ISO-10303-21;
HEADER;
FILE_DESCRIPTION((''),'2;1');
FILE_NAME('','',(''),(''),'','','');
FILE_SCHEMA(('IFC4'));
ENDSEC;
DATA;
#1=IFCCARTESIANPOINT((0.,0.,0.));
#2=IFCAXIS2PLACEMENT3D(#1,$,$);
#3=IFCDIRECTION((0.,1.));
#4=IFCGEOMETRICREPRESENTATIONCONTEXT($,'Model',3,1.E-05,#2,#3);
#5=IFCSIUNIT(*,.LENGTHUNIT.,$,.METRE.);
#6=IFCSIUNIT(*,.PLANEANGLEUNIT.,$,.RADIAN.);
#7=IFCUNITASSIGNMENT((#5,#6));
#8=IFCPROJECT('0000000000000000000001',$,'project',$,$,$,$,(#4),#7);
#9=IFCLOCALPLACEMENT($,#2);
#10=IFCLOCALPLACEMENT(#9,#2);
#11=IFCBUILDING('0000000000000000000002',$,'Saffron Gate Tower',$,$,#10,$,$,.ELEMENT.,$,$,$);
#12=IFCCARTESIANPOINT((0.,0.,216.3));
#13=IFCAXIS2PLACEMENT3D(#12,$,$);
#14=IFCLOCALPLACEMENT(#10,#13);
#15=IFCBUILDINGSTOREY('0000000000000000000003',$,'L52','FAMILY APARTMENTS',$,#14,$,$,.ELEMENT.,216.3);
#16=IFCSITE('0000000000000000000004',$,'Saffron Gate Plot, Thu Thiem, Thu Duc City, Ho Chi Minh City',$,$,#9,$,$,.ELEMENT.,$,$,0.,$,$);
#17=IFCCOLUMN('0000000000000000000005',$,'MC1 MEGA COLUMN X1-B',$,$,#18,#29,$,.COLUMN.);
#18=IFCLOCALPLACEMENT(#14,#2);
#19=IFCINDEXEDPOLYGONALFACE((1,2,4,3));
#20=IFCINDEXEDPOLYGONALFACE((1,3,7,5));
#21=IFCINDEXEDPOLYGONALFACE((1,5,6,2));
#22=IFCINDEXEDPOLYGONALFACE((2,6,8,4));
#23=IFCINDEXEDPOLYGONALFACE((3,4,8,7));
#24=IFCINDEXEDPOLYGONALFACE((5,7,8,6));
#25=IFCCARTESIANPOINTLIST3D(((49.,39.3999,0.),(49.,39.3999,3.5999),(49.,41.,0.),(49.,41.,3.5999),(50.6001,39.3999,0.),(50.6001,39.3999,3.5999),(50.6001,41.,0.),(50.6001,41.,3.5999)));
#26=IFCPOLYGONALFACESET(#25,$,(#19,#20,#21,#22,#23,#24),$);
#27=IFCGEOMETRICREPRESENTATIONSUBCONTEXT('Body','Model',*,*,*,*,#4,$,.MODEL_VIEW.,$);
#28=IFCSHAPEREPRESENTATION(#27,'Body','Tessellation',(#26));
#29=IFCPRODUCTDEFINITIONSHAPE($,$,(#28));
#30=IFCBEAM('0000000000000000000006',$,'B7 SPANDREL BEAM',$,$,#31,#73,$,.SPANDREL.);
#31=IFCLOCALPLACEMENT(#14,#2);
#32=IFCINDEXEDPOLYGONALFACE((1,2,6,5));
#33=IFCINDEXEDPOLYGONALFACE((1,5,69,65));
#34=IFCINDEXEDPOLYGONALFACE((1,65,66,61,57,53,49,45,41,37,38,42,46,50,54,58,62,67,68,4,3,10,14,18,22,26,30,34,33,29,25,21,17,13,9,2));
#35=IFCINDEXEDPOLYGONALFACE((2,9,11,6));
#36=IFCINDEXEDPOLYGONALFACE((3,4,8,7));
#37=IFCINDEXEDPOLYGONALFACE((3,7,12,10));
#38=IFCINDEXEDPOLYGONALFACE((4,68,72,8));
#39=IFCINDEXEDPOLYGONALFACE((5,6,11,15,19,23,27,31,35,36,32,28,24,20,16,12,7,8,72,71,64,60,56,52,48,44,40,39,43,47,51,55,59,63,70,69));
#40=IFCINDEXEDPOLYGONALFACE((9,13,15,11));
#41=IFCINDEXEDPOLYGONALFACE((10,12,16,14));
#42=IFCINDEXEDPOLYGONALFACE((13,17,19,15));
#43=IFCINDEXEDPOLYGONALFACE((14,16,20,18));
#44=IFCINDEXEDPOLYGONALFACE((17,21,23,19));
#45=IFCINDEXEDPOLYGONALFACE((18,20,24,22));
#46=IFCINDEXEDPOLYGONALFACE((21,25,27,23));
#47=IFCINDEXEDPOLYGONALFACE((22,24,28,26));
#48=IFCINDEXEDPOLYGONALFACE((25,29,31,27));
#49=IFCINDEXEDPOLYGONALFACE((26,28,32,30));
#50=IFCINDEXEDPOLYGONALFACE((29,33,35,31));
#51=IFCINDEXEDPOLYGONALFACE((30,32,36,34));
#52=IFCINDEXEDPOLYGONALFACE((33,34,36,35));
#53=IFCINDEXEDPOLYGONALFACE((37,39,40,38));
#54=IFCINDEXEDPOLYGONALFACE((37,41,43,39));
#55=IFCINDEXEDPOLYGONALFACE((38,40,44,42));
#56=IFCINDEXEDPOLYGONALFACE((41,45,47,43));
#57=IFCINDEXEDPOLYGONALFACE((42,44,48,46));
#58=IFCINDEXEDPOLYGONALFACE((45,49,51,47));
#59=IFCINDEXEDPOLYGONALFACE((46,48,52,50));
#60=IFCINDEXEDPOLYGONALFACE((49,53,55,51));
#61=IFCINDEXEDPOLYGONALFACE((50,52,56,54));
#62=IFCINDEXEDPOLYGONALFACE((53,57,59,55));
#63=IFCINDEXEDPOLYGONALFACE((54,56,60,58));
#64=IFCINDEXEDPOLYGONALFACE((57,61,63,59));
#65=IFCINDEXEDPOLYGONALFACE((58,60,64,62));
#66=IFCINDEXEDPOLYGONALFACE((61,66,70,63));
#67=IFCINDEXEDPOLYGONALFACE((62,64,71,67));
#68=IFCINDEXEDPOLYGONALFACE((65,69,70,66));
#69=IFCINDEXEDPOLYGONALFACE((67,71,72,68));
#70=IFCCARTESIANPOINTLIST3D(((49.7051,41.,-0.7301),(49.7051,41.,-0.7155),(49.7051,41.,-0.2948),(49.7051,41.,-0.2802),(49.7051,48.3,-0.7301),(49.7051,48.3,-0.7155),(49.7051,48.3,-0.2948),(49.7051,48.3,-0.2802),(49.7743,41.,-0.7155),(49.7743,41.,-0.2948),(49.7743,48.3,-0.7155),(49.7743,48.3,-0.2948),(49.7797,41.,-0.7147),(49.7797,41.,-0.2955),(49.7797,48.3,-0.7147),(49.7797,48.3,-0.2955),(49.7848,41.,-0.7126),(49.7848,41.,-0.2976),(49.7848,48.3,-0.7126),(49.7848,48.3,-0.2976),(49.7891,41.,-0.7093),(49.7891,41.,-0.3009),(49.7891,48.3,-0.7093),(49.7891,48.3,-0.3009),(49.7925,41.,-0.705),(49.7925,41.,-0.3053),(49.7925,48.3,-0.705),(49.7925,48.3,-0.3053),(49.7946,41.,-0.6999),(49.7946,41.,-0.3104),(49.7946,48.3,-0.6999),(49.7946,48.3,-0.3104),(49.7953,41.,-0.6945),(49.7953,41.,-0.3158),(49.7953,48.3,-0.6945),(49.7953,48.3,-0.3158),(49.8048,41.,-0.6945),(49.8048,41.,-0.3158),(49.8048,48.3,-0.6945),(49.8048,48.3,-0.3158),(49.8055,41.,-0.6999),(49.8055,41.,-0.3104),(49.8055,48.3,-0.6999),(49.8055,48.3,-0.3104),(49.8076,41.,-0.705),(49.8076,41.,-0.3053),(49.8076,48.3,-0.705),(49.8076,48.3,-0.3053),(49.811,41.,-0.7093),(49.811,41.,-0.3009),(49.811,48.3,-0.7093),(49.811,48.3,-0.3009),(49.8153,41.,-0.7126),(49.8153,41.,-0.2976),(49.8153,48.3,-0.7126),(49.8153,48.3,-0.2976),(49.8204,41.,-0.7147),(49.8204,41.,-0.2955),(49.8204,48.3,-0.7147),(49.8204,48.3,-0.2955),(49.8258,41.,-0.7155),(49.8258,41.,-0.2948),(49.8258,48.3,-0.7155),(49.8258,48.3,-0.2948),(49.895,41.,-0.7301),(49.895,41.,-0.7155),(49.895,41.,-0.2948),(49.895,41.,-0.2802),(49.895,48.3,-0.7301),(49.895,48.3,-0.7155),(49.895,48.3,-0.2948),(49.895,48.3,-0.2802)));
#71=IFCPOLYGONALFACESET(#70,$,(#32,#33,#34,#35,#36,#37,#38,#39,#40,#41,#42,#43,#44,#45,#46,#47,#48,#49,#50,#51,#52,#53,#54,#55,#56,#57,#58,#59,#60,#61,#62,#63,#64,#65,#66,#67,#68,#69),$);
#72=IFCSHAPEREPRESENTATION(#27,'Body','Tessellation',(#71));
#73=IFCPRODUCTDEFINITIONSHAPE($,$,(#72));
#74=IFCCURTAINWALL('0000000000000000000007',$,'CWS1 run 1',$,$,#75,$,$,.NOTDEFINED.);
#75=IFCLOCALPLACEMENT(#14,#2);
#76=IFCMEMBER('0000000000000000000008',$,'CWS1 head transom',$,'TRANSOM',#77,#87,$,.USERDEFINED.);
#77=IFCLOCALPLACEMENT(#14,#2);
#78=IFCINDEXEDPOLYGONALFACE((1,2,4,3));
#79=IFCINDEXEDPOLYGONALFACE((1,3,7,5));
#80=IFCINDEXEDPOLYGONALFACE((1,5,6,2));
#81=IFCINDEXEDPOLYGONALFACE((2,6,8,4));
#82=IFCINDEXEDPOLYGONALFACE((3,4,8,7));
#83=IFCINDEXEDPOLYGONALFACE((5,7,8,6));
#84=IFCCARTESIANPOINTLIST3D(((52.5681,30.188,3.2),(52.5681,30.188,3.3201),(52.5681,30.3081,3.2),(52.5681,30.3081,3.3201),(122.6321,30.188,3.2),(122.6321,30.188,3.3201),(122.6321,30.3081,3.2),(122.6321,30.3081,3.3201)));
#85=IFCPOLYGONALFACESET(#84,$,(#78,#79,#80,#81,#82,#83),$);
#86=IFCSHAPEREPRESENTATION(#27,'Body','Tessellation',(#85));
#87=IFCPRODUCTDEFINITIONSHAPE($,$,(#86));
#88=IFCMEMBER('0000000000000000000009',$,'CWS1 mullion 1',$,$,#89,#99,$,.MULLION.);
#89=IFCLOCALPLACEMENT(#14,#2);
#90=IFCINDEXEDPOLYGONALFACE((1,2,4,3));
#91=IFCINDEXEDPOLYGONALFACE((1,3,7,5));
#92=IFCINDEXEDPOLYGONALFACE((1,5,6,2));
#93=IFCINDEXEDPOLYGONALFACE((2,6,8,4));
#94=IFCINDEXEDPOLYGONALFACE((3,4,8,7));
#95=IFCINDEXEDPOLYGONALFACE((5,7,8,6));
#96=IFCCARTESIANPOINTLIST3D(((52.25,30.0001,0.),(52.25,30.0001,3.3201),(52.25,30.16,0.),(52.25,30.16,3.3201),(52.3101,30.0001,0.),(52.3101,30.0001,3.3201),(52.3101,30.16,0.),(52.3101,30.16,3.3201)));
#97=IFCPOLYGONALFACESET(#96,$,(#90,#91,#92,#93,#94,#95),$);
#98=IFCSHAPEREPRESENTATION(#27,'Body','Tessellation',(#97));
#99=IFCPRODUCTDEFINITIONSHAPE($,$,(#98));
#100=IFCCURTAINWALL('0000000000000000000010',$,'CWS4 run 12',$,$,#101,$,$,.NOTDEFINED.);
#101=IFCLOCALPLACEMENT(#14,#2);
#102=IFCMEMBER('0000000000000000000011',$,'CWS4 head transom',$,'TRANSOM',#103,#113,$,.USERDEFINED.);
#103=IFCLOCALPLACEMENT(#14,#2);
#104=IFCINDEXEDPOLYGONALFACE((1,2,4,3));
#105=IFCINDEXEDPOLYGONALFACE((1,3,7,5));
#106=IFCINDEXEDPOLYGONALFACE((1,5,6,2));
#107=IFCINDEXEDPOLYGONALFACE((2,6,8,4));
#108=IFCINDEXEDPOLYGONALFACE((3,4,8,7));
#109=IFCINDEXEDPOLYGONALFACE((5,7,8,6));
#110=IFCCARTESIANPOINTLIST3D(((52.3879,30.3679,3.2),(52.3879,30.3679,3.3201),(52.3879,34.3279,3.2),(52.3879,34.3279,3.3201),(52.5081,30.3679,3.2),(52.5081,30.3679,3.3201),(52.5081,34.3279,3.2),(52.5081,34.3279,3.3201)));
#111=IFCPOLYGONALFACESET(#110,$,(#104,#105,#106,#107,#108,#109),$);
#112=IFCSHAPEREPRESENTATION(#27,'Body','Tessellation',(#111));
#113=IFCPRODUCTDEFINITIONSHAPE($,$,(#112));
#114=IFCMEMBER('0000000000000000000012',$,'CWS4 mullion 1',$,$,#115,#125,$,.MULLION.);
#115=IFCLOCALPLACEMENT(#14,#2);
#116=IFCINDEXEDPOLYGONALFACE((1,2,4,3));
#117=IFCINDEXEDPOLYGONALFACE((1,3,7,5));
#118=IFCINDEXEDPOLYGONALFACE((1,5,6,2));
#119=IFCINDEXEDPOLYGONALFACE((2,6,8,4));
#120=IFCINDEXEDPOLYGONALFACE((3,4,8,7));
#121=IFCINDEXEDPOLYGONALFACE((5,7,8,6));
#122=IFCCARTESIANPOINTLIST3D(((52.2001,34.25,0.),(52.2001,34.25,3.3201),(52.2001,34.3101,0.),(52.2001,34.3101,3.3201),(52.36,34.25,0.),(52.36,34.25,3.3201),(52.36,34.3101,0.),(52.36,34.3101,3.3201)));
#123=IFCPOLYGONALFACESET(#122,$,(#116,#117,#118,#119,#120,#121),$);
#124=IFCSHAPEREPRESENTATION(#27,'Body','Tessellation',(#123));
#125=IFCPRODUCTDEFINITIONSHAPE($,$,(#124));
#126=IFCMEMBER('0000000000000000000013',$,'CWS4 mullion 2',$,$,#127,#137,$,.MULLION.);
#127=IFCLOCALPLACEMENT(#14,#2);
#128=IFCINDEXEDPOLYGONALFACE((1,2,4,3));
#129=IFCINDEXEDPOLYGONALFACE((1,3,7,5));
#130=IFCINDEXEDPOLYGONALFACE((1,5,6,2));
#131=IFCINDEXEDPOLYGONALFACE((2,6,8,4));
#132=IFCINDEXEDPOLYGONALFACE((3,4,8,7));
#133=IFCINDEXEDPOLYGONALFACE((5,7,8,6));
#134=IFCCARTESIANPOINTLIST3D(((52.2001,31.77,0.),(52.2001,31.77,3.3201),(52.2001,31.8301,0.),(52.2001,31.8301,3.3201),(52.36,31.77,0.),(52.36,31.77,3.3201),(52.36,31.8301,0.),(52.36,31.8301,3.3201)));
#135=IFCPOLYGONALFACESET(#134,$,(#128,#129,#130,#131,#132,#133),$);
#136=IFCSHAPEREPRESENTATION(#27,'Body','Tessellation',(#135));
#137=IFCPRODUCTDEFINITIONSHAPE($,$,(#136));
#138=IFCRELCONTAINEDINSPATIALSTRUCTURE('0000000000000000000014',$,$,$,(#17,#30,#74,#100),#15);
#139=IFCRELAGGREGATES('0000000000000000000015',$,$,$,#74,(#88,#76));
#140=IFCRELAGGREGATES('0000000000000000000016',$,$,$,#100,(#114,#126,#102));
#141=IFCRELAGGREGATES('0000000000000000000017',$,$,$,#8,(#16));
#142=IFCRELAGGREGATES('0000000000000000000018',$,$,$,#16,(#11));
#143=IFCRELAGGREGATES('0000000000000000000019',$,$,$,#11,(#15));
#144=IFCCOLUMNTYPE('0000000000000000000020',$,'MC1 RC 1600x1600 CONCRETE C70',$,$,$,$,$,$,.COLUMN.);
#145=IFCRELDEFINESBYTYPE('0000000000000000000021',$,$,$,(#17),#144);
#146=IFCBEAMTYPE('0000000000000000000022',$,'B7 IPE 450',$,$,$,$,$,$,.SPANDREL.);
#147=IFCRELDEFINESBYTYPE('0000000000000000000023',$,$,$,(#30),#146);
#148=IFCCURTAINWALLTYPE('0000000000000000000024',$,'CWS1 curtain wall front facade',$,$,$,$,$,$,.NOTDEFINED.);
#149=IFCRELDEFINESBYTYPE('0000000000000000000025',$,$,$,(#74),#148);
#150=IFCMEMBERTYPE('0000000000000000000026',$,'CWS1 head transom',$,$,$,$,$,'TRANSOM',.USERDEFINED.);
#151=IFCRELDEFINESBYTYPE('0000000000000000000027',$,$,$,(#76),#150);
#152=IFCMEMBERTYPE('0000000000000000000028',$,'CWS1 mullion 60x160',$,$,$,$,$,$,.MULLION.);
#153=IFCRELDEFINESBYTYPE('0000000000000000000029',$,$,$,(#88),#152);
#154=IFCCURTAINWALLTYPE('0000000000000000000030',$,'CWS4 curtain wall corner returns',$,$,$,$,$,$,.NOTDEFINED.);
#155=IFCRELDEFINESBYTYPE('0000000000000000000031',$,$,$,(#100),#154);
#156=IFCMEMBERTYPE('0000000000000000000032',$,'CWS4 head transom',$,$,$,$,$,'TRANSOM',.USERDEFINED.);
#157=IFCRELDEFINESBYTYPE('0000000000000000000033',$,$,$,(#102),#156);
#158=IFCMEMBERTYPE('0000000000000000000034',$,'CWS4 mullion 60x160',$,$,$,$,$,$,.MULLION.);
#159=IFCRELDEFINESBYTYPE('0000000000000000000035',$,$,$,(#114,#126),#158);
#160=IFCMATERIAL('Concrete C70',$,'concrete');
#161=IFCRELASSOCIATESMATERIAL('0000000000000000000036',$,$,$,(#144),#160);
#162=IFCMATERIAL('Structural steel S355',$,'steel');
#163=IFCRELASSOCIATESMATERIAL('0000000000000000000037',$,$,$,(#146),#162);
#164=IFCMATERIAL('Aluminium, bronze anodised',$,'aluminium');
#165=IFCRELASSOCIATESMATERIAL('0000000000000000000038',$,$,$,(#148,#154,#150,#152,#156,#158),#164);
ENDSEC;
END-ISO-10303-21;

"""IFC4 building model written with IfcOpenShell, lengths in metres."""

from ifc_helpers import new_model, si_unit, direction, frame, origin, origin_2d, place, context, subcontext, project, spatial, rectangle, i_section, extrude, material, material_profile, profile_set, type_object, element, aggregate, save


model = new_model("IFC4")

# Units and contexts
model_context = context("Model", 3, precision=1e-05, world=origin(), true_north=direction((0.0, 1.0)))
body_context = subcontext(model_context, "Body", "Model", "MODEL_VIEW")
ifc_project = project(units=[si_unit("LENGTHUNIT", "METRE"), si_unit("PLANEANGLEUNIT", "RADIAN")], contexts=[model_context])

# Site, building, storey
site_placement = place(None, origin())
site = spatial("IfcSite", under=ifc_project, at=site_placement, Name="Saffron Gate Plot, Thu Thiem, Thu Duc City, Ho Chi Minh City", CompositionType="ELEMENT", RefElevation=0.0)
building_placement = place(site_placement, origin())
building = spatial("IfcBuilding", under=site, at=building_placement, Name="Saffron Gate Tower", CompositionType="ELEMENT")
storey_placement = place(building_placement, frame((0.0, 0.0, 216.3)))
storey = spatial("IfcBuildingStorey", under=building, at=storey_placement, Name="L52", Description="FAMILY APARTMENTS", CompositionType="ELEMENT", Elevation=216.3)

# Column
ifc_material_1 = material(Name="Concrete C70", Category="concrete")
ifc_material_profile_1 = material_profile(ifc_material_1, rectangle(XDim=1.6001, YDim=1.6001, at=origin_2d()))
ifc_profile_set_1 = profile_set([ifc_material_profile_1], Name="Concrete C70")
column_type = type_object("IfcColumnType", Name="MC1 RC 1600x1600 CONCRETE C70", PredefinedType="COLUMN", material=ifc_profile_set_1)
column_placement = place(storey_placement, frame((49.8, 40.2, 0.0), z_axis=(0.0, 0.0, 1.0), x_axis=(1.0, 0.0, 0.0)))
element("IfcColumn", 1, at=column_placement, inside=storey, type_object=column_type, Name="MC1 MEGA COLUMN X1-B", PredefinedType="COLUMN", context=body_context, shape_type="SweptSolid", body=[
    extrude(rectangle(XDim=1.6001, YDim=1.6001, at=origin_2d()), origin(), (0.0, 0.0, 1.0), 3.5999),
])

# Beam
ifc_material_2 = material(Name="Structural steel S355", Category="steel")
ifc_material_profile_2 = material_profile(ifc_material_2, i_section(OverallWidth=0.1899, OverallDepth=0.45, WebThickness=0.0095, FlangeThickness=0.0146, FilletRadius=0.021, at=origin_2d()))
ifc_profile_set_2 = profile_set([ifc_material_profile_2], Name="Structural steel S355")
beam_type = type_object("IfcBeamType", Name="B7 IPE 450", PredefinedType="SPANDREL", material=ifc_profile_set_2)
beam_placement = place(storey_placement, frame((49.8, 41.0, -0.5051), z_axis=(0.0, 1.0, 0.0), x_axis=(-1.0, 0.0, 0.0)))
element("IfcBeam", 2, at=beam_placement, inside=storey, type_object=beam_type, Name="B7 SPANDREL BEAM", PredefinedType="SPANDREL", context=body_context, shape_type="SweptSolid", body=[
    extrude(i_section(OverallWidth=0.1899, OverallDepth=0.45, WebThickness=0.0095, FlangeThickness=0.0146, FilletRadius=0.021, at=origin_2d()), origin(), (0.0, 0.0, 1.0), 7.3),
])

# Curtain walls, members
ifc_material_3 = material(Name="Aluminium, bronze anodised", Category="aluminium")
curtain_wall_type_1 = type_object("IfcCurtainWallType", Name="CWS1 curtain wall front facade", PredefinedType="NOTDEFINED", material=ifc_material_3)
curtain_wall_1_placement = place(storey_placement, origin())
curtain_wall_1 = element("IfcCurtainWall", 3, at=curtain_wall_1_placement, inside=storey, type_object=curtain_wall_type_1, Name="CWS1 run 1", PredefinedType="NOTDEFINED")
ifc_material_profile_3 = material_profile(ifc_material_3, rectangle(XDim=0.1201, YDim=0.1201, at=origin_2d()))
ifc_profile_set_3 = profile_set([ifc_material_profile_3], Name="Aluminium, bronze anodised")
member_type_1 = type_object("IfcMemberType", Name="CWS1 head transom", ElementType="TRANSOM", PredefinedType="USERDEFINED", material=ifc_profile_set_3)
member_1_placement = place(storey_placement, frame((52.5681, 30.248, 3.26), z_axis=(1.0, 0.0, 0.0), x_axis=(0.0, 1.0, 0.0)))
member_1 = element("IfcMember", 4, at=member_1_placement, type_object=member_type_1, Name="CWS1 head transom", ObjectType="TRANSOM", PredefinedType="USERDEFINED", context=body_context, shape_type="SweptSolid", body=[
    extrude(rectangle(XDim=0.1201, YDim=0.1201, at=origin_2d()), origin(), (0.0, 0.0, 1.0), 70.064),
])
ifc_material_profile_4 = material_profile(ifc_material_3, rectangle(XDim=0.1599, YDim=0.0601, at=origin_2d()))
ifc_profile_set_4 = profile_set([ifc_material_profile_4], Name="Aluminium, bronze anodised")
member_type_2 = type_object("IfcMemberType", Name="CWS1 mullion 60x160", PredefinedType="MULLION", material=ifc_profile_set_4)
member_2_placement = place(storey_placement, frame((52.28, 30.0801, 0.0), z_axis=(0.0, 0.0, 1.0), x_axis=(0.0, 1.0, 0.0)))
member_2 = element("IfcMember", 5, at=member_2_placement, type_object=member_type_2, Name="CWS1 mullion 1", PredefinedType="MULLION", context=body_context, shape_type="SweptSolid", body=[
    extrude(rectangle(XDim=0.1599, YDim=0.0601, at=origin_2d()), origin(), (0.0, 0.0, 1.0), 3.3201),
])
curtain_wall_type_2 = type_object("IfcCurtainWallType", Name="CWS4 curtain wall corner returns", PredefinedType="NOTDEFINED", material=ifc_material_3)
curtain_wall_2_placement = place(storey_placement, origin())
curtain_wall_2 = element("IfcCurtainWall", 6, at=curtain_wall_2_placement, inside=storey, type_object=curtain_wall_type_2, Name="CWS4 run 12", PredefinedType="NOTDEFINED")
ifc_material_profile_5 = material_profile(ifc_material_3, rectangle(XDim=0.1201, YDim=0.1201, at=origin_2d()))
ifc_profile_set_5 = profile_set([ifc_material_profile_5], Name="Aluminium, bronze anodised")
member_type_3 = type_object("IfcMemberType", Name="CWS4 head transom", ElementType="TRANSOM", PredefinedType="USERDEFINED", material=ifc_profile_set_5)
member_3_placement = place(storey_placement, frame((52.448, 34.3279, 3.26), z_axis=(0.0, -1.0, 0.0), x_axis=(1.0, 0.0, 0.0)))
member_3 = element("IfcMember", 7, at=member_3_placement, type_object=member_type_3, Name="CWS4 head transom", ObjectType="TRANSOM", PredefinedType="USERDEFINED", context=body_context, shape_type="SweptSolid", body=[
    extrude(rectangle(XDim=0.1201, YDim=0.1201, at=origin_2d()), origin(), (0.0, 0.0, 1.0), 3.96),
])
ifc_material_profile_6 = material_profile(ifc_material_3, rectangle(XDim=0.1599, YDim=0.0601, at=origin_2d()))
ifc_profile_set_6 = profile_set([ifc_material_profile_6], Name="Aluminium, bronze anodised")
member_type_4 = type_object("IfcMemberType", Name="CWS4 mullion 60x160", PredefinedType="MULLION", material=ifc_profile_set_6)
member_4_placement = place(storey_placement, frame((52.28, 34.28, 0.0), z_axis=(0.0, 0.0, 1.0), x_axis=(1.0, 0.0, 0.0)))
member_4 = element("IfcMember", 8, at=member_4_placement, type_object=member_type_4, Name="CWS4 mullion 1", PredefinedType="MULLION", context=body_context, shape_type="SweptSolid", body=[
    extrude(rectangle(XDim=0.1599, YDim=0.0601, at=origin_2d()), origin(), (0.0, 0.0, 1.0), 3.3201),
])
member_5_placement = place(storey_placement, frame((52.28, 31.8, 0.0), z_axis=(0.0, 0.0, 1.0), x_axis=(1.0, 0.0, 0.0)))
member_5 = element("IfcMember", 9, at=member_5_placement, type_object=member_type_4, Name="CWS4 mullion 2", PredefinedType="MULLION", context=body_context, shape_type="SweptSolid", body=[
    extrude(rectangle(XDim=0.1599, YDim=0.0601, at=origin_2d()), origin(), (0.0, 0.0, 1.0), 3.3201),
])

aggregate(curtain_wall_1, [member_2, member_1])

aggregate(curtain_wall_2, [member_4, member_5, member_3])

save(model, "model.ifc")
